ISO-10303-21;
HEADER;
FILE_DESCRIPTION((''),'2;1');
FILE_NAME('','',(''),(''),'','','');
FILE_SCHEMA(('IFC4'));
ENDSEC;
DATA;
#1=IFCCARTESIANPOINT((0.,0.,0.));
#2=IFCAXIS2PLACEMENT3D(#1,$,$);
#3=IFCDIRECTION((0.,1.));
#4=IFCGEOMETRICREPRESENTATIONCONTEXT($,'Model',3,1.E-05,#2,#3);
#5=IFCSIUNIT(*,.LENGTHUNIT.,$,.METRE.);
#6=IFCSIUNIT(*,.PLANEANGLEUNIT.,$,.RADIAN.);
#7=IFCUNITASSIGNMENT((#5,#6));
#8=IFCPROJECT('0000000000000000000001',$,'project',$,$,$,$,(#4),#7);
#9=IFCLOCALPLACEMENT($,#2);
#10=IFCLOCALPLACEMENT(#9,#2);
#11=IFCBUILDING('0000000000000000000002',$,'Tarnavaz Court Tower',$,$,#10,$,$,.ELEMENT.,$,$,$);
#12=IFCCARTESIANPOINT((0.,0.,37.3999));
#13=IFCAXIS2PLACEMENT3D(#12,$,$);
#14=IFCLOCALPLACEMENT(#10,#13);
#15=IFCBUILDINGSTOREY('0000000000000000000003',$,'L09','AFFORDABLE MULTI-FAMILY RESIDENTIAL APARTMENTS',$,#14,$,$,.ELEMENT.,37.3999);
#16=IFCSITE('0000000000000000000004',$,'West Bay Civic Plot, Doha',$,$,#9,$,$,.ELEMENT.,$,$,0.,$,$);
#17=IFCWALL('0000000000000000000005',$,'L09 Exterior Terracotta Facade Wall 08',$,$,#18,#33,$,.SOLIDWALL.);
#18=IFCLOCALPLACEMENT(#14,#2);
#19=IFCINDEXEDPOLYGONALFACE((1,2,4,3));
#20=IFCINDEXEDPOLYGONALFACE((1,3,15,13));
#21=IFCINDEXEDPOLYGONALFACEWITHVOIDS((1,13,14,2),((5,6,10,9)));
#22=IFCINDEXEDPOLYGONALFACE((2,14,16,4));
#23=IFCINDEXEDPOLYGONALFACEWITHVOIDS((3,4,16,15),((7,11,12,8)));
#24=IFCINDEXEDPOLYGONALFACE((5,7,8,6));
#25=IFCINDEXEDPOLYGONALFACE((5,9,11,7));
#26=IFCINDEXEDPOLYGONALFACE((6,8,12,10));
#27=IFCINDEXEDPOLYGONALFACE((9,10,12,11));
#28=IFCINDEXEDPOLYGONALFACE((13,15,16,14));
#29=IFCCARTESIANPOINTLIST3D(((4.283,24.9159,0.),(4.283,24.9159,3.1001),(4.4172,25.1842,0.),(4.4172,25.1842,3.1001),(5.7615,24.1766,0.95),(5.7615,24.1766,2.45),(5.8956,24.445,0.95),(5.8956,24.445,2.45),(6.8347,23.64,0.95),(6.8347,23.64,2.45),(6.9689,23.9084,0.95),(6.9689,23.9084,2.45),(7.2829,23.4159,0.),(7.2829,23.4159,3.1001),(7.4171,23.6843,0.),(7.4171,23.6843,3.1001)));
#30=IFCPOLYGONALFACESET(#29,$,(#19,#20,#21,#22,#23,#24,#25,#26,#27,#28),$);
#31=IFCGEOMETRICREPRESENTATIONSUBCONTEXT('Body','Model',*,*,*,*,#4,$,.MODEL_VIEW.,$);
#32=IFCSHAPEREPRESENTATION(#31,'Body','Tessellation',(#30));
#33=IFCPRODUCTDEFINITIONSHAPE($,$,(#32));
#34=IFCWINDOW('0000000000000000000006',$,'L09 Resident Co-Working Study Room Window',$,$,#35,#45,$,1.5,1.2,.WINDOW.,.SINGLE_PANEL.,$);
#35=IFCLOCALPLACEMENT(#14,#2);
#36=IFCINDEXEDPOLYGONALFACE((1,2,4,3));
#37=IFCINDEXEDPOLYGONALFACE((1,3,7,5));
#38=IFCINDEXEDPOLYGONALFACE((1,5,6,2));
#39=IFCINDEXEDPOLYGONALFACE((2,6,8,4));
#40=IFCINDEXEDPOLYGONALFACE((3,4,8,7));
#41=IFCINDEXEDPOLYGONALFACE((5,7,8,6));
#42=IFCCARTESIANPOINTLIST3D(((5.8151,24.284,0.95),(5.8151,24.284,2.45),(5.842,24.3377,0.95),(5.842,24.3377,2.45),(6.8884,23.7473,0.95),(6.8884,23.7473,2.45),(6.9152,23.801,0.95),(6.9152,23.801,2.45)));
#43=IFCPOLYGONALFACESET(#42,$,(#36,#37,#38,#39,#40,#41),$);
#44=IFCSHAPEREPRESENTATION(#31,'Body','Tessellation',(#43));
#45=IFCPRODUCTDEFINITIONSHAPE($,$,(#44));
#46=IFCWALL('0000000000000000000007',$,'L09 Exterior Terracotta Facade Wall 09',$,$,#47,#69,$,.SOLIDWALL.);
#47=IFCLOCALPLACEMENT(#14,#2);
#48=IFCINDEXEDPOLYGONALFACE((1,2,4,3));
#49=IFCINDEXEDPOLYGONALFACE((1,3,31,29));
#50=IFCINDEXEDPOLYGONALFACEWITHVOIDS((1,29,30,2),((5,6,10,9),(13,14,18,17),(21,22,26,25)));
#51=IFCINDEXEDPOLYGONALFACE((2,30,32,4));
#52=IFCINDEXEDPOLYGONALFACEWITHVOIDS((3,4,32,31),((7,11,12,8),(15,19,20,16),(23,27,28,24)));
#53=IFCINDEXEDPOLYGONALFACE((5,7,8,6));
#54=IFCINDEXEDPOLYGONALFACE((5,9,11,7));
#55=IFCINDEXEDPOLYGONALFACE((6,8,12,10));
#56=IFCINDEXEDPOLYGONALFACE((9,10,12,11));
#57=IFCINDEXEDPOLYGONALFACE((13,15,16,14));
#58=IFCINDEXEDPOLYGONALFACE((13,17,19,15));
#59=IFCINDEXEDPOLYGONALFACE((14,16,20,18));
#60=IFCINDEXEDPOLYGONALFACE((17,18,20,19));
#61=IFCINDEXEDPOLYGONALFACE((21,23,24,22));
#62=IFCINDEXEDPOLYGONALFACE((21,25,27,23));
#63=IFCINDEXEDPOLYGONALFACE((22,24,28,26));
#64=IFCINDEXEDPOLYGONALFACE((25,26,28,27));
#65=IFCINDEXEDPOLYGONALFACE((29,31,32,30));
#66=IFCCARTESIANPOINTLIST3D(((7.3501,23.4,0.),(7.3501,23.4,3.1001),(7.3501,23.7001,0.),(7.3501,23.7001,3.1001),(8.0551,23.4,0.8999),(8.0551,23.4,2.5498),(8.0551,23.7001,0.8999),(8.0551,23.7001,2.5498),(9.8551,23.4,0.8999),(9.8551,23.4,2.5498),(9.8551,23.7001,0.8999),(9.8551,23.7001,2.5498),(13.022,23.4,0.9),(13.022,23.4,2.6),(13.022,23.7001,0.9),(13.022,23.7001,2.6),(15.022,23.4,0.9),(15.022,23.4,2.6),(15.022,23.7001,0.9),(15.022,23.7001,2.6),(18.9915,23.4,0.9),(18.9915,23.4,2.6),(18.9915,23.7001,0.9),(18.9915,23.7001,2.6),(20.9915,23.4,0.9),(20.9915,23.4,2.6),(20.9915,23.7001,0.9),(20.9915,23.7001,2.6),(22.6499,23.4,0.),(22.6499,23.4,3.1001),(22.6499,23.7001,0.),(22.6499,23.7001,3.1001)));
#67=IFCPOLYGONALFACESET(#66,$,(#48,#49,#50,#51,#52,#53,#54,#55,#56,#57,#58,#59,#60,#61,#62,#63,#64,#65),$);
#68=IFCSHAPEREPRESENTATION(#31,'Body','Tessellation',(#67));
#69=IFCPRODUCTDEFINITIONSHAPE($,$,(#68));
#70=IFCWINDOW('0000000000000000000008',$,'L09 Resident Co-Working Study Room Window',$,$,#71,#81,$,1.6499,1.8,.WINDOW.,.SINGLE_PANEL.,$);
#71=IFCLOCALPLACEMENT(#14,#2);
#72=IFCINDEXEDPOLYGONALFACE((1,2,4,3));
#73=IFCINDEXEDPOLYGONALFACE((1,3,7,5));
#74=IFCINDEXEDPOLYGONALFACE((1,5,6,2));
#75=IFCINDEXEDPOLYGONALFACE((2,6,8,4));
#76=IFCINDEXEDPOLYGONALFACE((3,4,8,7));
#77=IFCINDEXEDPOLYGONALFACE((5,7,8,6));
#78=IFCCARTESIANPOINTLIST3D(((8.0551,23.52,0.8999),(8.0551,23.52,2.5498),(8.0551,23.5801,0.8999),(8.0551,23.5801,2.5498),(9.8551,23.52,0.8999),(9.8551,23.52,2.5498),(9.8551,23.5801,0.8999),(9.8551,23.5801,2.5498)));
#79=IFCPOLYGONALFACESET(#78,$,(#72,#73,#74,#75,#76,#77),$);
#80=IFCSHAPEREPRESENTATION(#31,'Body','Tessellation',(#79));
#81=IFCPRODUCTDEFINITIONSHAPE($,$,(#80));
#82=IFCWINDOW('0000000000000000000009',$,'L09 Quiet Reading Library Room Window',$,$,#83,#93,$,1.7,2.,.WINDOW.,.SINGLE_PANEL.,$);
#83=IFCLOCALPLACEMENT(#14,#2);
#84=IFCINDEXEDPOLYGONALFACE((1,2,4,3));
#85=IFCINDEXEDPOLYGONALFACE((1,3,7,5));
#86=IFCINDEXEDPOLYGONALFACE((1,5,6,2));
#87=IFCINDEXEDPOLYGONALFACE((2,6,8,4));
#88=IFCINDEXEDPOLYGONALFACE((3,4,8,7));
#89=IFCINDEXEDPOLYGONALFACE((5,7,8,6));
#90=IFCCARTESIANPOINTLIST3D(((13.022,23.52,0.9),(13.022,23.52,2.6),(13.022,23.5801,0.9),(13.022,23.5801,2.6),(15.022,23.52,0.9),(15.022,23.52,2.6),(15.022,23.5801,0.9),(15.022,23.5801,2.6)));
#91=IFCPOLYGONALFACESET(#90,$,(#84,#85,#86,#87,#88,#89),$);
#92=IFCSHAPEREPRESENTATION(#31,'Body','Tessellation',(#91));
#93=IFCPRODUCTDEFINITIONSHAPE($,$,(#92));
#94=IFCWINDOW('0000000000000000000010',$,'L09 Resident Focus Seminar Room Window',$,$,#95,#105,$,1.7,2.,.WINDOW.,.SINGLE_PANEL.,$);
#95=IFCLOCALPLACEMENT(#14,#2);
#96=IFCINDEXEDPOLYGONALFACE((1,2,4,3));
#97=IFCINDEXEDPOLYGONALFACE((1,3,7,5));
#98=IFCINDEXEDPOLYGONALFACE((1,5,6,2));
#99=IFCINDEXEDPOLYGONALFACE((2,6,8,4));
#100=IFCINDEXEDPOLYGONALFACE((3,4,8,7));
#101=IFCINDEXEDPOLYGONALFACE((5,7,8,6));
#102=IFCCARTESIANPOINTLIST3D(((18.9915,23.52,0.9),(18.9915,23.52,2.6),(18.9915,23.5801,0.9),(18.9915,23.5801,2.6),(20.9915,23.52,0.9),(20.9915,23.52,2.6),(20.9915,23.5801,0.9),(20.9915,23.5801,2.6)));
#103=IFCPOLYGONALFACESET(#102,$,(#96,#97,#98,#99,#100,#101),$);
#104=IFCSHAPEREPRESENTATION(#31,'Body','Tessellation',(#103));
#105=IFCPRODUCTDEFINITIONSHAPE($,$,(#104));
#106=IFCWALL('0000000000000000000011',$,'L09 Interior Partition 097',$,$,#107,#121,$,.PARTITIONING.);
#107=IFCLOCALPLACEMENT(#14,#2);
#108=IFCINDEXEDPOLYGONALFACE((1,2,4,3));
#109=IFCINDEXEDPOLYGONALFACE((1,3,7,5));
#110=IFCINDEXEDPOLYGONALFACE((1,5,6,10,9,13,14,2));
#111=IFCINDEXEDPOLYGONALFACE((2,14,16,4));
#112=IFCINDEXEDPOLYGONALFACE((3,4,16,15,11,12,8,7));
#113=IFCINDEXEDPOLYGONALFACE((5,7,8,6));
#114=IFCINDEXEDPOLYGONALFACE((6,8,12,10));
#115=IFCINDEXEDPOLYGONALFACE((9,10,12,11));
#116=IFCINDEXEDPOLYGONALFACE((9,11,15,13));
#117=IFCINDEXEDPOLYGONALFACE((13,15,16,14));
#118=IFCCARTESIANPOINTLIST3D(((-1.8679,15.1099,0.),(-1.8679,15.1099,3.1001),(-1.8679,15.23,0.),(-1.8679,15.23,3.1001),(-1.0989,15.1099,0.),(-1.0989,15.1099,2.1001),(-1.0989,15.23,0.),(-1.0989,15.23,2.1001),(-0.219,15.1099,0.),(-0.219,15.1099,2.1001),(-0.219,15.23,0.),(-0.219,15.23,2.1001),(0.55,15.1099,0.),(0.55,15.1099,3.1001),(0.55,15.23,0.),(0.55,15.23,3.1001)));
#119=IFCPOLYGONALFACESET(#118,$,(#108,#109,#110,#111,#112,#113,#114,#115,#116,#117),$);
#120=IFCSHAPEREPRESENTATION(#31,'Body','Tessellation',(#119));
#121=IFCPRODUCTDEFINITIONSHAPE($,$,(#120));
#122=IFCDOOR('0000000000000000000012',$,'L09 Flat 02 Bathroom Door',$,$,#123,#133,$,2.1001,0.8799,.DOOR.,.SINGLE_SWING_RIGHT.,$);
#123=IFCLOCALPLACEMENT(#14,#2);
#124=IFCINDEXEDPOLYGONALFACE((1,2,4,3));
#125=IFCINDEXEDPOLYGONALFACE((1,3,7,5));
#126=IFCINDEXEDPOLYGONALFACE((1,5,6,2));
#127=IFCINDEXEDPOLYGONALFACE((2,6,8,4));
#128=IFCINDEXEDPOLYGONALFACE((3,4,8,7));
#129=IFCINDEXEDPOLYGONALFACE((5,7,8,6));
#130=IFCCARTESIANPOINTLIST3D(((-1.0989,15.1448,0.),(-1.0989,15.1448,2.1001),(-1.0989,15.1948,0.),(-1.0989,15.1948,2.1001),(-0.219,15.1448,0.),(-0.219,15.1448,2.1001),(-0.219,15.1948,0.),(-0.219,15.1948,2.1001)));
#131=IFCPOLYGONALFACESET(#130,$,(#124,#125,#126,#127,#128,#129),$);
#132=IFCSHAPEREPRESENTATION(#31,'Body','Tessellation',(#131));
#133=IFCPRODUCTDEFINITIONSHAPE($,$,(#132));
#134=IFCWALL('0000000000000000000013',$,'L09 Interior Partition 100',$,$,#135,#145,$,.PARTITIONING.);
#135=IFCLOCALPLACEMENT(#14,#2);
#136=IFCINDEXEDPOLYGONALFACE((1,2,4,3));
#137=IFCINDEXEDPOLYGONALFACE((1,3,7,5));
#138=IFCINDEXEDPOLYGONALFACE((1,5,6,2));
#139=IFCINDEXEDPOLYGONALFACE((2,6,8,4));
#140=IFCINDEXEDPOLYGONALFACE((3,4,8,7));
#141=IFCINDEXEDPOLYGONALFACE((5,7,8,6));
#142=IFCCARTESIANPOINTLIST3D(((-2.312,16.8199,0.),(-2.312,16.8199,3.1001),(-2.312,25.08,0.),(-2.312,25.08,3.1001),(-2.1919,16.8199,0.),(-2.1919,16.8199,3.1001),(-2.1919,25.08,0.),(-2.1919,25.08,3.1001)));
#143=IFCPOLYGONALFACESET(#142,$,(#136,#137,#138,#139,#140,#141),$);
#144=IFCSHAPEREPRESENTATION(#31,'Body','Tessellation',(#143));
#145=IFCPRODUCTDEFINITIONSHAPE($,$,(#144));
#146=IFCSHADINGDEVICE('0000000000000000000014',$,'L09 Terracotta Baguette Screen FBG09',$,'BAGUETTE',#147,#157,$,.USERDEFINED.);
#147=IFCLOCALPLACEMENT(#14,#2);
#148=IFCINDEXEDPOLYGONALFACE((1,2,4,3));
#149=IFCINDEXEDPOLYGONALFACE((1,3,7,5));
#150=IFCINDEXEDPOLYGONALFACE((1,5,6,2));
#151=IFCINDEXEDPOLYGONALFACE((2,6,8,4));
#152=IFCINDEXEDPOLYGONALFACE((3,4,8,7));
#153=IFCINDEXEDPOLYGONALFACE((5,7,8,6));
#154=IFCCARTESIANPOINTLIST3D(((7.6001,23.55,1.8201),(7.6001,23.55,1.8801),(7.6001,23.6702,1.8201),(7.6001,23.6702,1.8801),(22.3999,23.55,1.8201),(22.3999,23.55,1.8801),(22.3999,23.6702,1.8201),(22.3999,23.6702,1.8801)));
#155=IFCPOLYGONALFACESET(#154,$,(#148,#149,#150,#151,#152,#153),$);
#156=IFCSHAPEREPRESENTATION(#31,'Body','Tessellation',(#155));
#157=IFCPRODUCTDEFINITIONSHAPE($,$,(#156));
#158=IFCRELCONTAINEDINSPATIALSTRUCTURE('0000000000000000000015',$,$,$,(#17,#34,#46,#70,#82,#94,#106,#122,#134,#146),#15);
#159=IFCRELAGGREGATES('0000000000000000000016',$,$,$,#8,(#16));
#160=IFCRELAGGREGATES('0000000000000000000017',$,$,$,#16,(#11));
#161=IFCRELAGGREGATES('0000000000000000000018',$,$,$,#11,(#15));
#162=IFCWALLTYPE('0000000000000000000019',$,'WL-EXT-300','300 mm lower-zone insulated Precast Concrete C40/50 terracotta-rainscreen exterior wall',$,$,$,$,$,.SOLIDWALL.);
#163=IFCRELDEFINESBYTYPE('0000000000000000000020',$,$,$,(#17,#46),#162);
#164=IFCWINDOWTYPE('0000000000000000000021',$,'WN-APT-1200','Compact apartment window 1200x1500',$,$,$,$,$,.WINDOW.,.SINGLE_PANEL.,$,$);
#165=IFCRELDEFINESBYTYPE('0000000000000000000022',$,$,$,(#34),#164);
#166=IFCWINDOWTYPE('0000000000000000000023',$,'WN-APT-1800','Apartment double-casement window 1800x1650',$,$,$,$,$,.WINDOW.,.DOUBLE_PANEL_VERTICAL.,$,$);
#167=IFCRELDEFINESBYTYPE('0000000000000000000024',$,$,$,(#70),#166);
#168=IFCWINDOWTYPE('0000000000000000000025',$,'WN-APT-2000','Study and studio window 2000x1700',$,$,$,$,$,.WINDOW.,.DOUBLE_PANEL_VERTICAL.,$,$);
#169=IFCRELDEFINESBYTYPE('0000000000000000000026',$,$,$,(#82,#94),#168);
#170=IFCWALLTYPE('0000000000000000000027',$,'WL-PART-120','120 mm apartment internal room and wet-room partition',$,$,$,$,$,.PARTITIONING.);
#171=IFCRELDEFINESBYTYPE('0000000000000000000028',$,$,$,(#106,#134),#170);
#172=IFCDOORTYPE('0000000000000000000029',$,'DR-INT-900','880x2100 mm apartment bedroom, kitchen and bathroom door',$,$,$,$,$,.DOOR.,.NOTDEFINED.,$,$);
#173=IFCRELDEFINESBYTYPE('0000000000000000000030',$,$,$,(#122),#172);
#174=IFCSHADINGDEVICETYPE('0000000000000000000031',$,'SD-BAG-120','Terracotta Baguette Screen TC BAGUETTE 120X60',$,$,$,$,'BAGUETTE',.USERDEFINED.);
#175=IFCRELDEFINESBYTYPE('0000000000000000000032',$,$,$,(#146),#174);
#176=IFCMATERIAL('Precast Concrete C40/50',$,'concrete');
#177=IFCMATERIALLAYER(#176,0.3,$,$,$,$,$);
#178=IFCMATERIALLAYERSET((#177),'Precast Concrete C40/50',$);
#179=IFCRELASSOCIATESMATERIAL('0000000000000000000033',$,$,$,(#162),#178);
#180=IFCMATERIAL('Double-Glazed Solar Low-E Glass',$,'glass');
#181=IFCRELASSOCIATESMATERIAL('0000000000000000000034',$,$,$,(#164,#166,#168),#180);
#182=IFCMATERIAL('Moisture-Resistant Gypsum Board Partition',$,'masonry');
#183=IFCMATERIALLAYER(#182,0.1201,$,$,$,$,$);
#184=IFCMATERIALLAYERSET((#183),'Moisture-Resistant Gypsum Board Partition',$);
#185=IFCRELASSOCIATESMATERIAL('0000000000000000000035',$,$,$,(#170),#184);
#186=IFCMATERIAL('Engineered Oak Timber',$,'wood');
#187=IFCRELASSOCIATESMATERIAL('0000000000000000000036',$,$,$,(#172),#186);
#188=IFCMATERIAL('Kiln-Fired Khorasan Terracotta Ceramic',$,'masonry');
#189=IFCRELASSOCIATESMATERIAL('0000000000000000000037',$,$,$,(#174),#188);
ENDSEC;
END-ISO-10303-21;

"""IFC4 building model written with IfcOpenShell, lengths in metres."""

from ifc_helpers import new_model, si_unit, direction, frame, frame_2d, origin, origin_2d, place, context, subcontext, project, spatial, rectangle, extrude, material, layer, layer_set, material_profile, profile_set, type_object, element, fill, save


model = new_model("IFC4")

# Units and contexts
model_context = context("Model", 3, precision=1e-05, world=origin(), true_north=direction((0.0, 1.0)))
body_context = subcontext(model_context, "Body", "Model", "MODEL_VIEW")
ifc_project = project(units=[si_unit("LENGTHUNIT", "METRE"), si_unit("PLANEANGLEUNIT", "RADIAN")], contexts=[model_context])

# Site, building, storey
site_placement = place(None, origin())
site = spatial("IfcSite", under=ifc_project, at=site_placement, Name="West Bay Civic Plot, Doha", CompositionType="ELEMENT", RefElevation=0.0)
building_placement = place(site_placement, origin())
building = spatial("IfcBuilding", under=site, at=building_placement, Name="Tarnavaz Court Tower", CompositionType="ELEMENT")
storey_placement = place(building_placement, frame((0.0, 0.0, 37.3999)))
storey = spatial("IfcBuildingStorey", under=building, at=storey_placement, Name="L09", Description="AFFORDABLE MULTI-FAMILY RESIDENTIAL APARTMENTS", CompositionType="ELEMENT", Elevation=37.3999)

# Shared definitions
ifc_material_1 = material(Name="Double-Glazed Solar Low-E Glass", Category="glass")

# Wall, opening, window
ifc_material_2 = material(Name="Precast Concrete C40/50", Category="concrete")
ifc_layer_1 = layer(ifc_material_2, 0.3)
ifc_layer_set_1 = layer_set([ifc_layer_1], Name="Precast Concrete C40/50")
wall_type_1 = type_object("IfcWallType", Name="WL-EXT-300", Description="300 mm lower-zone insulated Precast Concrete C40/50 terracotta-rainscreen exterior wall", PredefinedType="SOLIDWALL", material=ifc_layer_set_1)
wall_1_placement = place(storey_placement, frame((4.3501, 25.05, 0.0), z_axis=(0.0, 0.0, 1.0), x_axis=(0.894427, -0.447214, 0.0)))
wall_1 = element("IfcWall", 1, at=wall_1_placement, inside=storey, type_object=wall_type_1, Name="L09 Exterior Terracotta Facade Wall 08", PredefinedType="SOLIDWALL", context=body_context, shape_type="SweptSolid", body=[
    extrude(rectangle(XDim=3.354, YDim=0.3, at=frame_2d((1.677, 0.0))), origin(), (0.0, 0.0, 1.0), 3.1001),
])
opening_1_placement = place(wall_1_placement, frame((1.6528, 0.0, 0.95)))
opening_1 = element("IfcOpeningElement", 2, at=opening_1_placement, cuts=wall_1, PredefinedType="OPENING", context=body_context, shape_type="SweptSolid", body=[
    extrude(rectangle(XDim=1.2, YDim=1.5, at=frame_2d((0.6001, 0.75))), frame((0.0, 0.1599, 0.0), z_axis=(0.0, -1.0, 0.0), x_axis=(1.0, 0.0, 0.0)), (0.0, 0.0, 1.0), 0.3201),
])
window_type_1 = type_object("IfcWindowType", Name="WN-APT-1200", Description="Compact apartment window 1200x1500", PartitioningType="SINGLE_PANEL", PredefinedType="WINDOW", material=ifc_material_1)
window_1_placement = place(opening_1_placement, origin())
window_1 = element("IfcWindow", 3, at=window_1_placement, inside=storey, type_object=window_type_1, Name="L09 Resident Co-Working Study Room Window", OverallHeight=1.5, OverallWidth=1.2, PartitioningType="SINGLE_PANEL", PredefinedType="WINDOW", context=body_context, shape_type="SweptSolid", body=[
    extrude(rectangle(XDim=1.2, YDim=1.5, at=frame_2d((0.6001, 0.75))), frame((0.0, 0.03, 0.0), z_axis=(0.0, -1.0, 0.0), x_axis=(1.0, 0.0, 0.0)), (0.0, 0.0, 1.0), 0.0601),
])
fill(opening_1, window_1)

# Wall, openings, windows
wall_2_placement = place(storey_placement, frame((7.3501, 23.55, 0.0), z_axis=(0.0, 0.0, 1.0), x_axis=(1.0, 0.0, 0.0)))
wall_2 = element("IfcWall", 4, at=wall_2_placement, inside=storey, type_object=wall_type_1, Name="L09 Exterior Terracotta Facade Wall 09", PredefinedType="SOLIDWALL", context=body_context, shape_type="SweptSolid", body=[
    extrude(rectangle(XDim=15.2998, YDim=0.3, at=frame_2d((7.6499, 0.0))), origin(), (0.0, 0.0, 1.0), 3.1001),
])
opening_2_placement = place(wall_2_placement, frame((0.7051, 0.0, 0.8999)))
opening_2 = element("IfcOpeningElement", 5, at=opening_2_placement, cuts=wall_2, PredefinedType="OPENING", context=body_context, shape_type="SweptSolid", body=[
    extrude(rectangle(XDim=1.8, YDim=1.6499, at=frame_2d((0.8999, 0.825))), frame((0.0, 0.1599, 0.0), z_axis=(0.0, -1.0, 0.0), x_axis=(1.0, 0.0, 0.0)), (0.0, 0.0, 1.0), 0.3201),
])
opening_3_placement = place(wall_2_placement, frame((5.6719, 0.0, 0.8999)))
opening_3 = element("IfcOpeningElement", 6, at=opening_3_placement, cuts=wall_2, PredefinedType="OPENING", context=body_context, shape_type="SweptSolid", body=[
    extrude(rectangle(XDim=2.0, YDim=1.7, at=frame_2d((1.0, 0.8501))), frame((0.0, 0.1599, 0.0), z_axis=(0.0, -1.0, 0.0), x_axis=(1.0, 0.0, 0.0)), (0.0, 0.0, 1.0), 0.3201),
])
opening_4_placement = place(wall_2_placement, frame((11.6414, 0.0, 0.8999)))
opening_4 = element("IfcOpeningElement", 7, at=opening_4_placement, cuts=wall_2, PredefinedType="OPENING", context=body_context, shape_type="SweptSolid", body=[
    extrude(rectangle(XDim=2.0, YDim=1.7, at=frame_2d((1.0, 0.8501))), frame((0.0, 0.1599, 0.0), z_axis=(0.0, -1.0, 0.0), x_axis=(1.0, 0.0, 0.0)), (0.0, 0.0, 1.0), 0.3201),
])
window_type_2 = type_object("IfcWindowType", Name="WN-APT-1800", Description="Apartment double-casement window 1800x1650", PartitioningType="DOUBLE_PANEL_VERTICAL", PredefinedType="WINDOW", material=ifc_material_1)
window_2_placement = place(opening_2_placement, origin())
window_2 = element("IfcWindow", 8, at=window_2_placement, inside=storey, type_object=window_type_2, Name="L09 Resident Co-Working Study Room Window", OverallHeight=1.6499, OverallWidth=1.8, PartitioningType="SINGLE_PANEL", PredefinedType="WINDOW", context=body_context, shape_type="SweptSolid", body=[
    extrude(rectangle(XDim=1.8, YDim=1.6499, at=frame_2d((0.8999, 0.825))), frame((0.0, 0.03, 0.0), z_axis=(0.0, -1.0, 0.0), x_axis=(1.0, 0.0, 0.0)), (0.0, 0.0, 1.0), 0.0601),
])
fill(opening_2, window_2)
window_type_3 = type_object("IfcWindowType", Name="WN-APT-2000", Description="Study and studio window 2000x1700", PartitioningType="DOUBLE_PANEL_VERTICAL", PredefinedType="WINDOW", material=ifc_material_1)
window_3_placement = place(opening_3_placement, origin())
window_3 = element("IfcWindow", 9, at=window_3_placement, inside=storey, type_object=window_type_3, Name="L09 Quiet Reading Library Room Window", OverallHeight=1.7, OverallWidth=2.0, PartitioningType="SINGLE_PANEL", PredefinedType="WINDOW", context=body_context, shape_type="SweptSolid", body=[
    extrude(rectangle(XDim=2.0, YDim=1.7, at=frame_2d((1.0, 0.8501))), frame((0.0, 0.03, 0.0), z_axis=(0.0, -1.0, 0.0), x_axis=(1.0, 0.0, 0.0)), (0.0, 0.0, 1.0), 0.0601),
])
fill(opening_3, window_3)
window_4_placement = place(opening_4_placement, origin())
window_4 = element("IfcWindow", 10, at=window_4_placement, inside=storey, type_object=window_type_3, Name="L09 Resident Focus Seminar Room Window", OverallHeight=1.7, OverallWidth=2.0, PartitioningType="SINGLE_PANEL", PredefinedType="WINDOW", context=body_context, shape_type="SweptSolid", body=[
    extrude(rectangle(XDim=2.0, YDim=1.7, at=frame_2d((1.0, 0.8501))), frame((0.0, 0.03, 0.0), z_axis=(0.0, -1.0, 0.0), x_axis=(1.0, 0.0, 0.0)), (0.0, 0.0, 1.0), 0.0601),
])
fill(opening_4, window_4)

# Wall, opening, door
ifc_material_3 = material(Name="Moisture-Resistant Gypsum Board Partition", Category="masonry")
ifc_layer_2 = layer(ifc_material_3, 0.1201)
ifc_layer_set_2 = layer_set([ifc_layer_2], Name="Moisture-Resistant Gypsum Board Partition")
wall_type_2 = type_object("IfcWallType", Name="WL-PART-120", Description="120 mm apartment internal room and wet-room partition", PredefinedType="PARTITIONING", material=ifc_layer_set_2)
wall_3_placement = place(storey_placement, frame((-1.8679, 15.1699, 0.0), z_axis=(0.0, 0.0, 1.0), x_axis=(1.0, 0.0, 0.0)))
wall_3 = element("IfcWall", 11, at=wall_3_placement, inside=storey, type_object=wall_type_2, Name="L09 Interior Partition 097", PredefinedType="PARTITIONING", context=body_context, shape_type="SweptSolid", body=[
    extrude(rectangle(XDim=2.418, YDim=0.1201, at=frame_2d((1.209, 0.0))), origin(), (0.0, 0.0, 1.0), 3.1001),
])
opening_5_placement = place(wall_3_placement, frame((0.769, 0.0, 0.0)))
opening_5 = element("IfcOpeningElement", 12, at=opening_5_placement, cuts=wall_3, PredefinedType="OPENING", context=body_context, shape_type="SweptSolid", body=[
    extrude(rectangle(XDim=0.8799, YDim=2.1001, at=frame_2d((0.4399, 1.05))), frame((0.0, 0.0701, 0.0), z_axis=(0.0, -1.0, 0.0), x_axis=(1.0, 0.0, 0.0)), (0.0, 0.0, 1.0), 0.1401),
])
ifc_material_4 = material(Name="Engineered Oak Timber", Category="wood")
door_type = type_object("IfcDoorType", Name="DR-INT-900", Description="880x2100 mm apartment bedroom, kitchen and bathroom door", OperationType="NOTDEFINED", PredefinedType="DOOR", material=ifc_material_4)
door_placement = place(opening_5_placement, origin())
door = element("IfcDoor", 13, at=door_placement, inside=storey, type_object=door_type, Name="L09 Flat 02 Bathroom Door", OperationType="SINGLE_SWING_RIGHT", OverallHeight=2.1001, OverallWidth=0.8799, PredefinedType="DOOR", context=body_context, shape_type="SweptSolid", body=[
    extrude(rectangle(XDim=0.8799, YDim=2.1001, at=frame_2d((0.4399, 1.05))), frame((0.0, 0.0249, 0.0), z_axis=(0.0, -1.0, 0.0), x_axis=(1.0, 0.0, 0.0)), (0.0, 0.0, 1.0), 0.05),
])
fill(opening_5, door)

# Wall
wall_4_placement = place(storey_placement, frame((-2.252, 16.8201, 0.0), z_axis=(0.0, 0.0, 1.0), x_axis=(0.0, 1.0, 0.0)))
element("IfcWall", 14, at=wall_4_placement, inside=storey, type_object=wall_type_2, Name="L09 Interior Partition 100", PredefinedType="PARTITIONING", context=body_context, shape_type="SweptSolid", body=[
    extrude(rectangle(XDim=8.26, YDim=0.1201, at=frame_2d((4.1299, 0.0))), origin(), (0.0, 0.0, 1.0), 3.1001),
])

# Shading device
ifc_material_5 = material(Name="Kiln-Fired Khorasan Terracotta Ceramic", Category="masonry")
ifc_material_profile_1 = material_profile(ifc_material_5, rectangle(XDim=0.1201, YDim=0.0601, at=origin_2d()), Name="TC BAGUETTE 120X60")
ifc_profile_set_1 = profile_set([ifc_material_profile_1], Name="Kiln-Fired Khorasan Terracotta Ceramic")
shading_device_type = type_object("IfcShadingDeviceType", Name="SD-BAG-120", Description="Terracotta Baguette Screen TC BAGUETTE 120X60", ElementType="BAGUETTE", PredefinedType="USERDEFINED", material=ifc_profile_set_1)
shading_device_placement = place(storey_placement, frame((7.6001, 23.6101, 1.8501), z_axis=(1.0, 0.0, 0.0), x_axis=(0.0, 1.0, 0.0)))
element("IfcShadingDevice", 15, at=shading_device_placement, inside=storey, type_object=shading_device_type, Name="L09 Terracotta Baguette Screen FBG09", ObjectType="BAGUETTE", PredefinedType="USERDEFINED", context=body_context, shape_type="SweptSolid", body=[
    extrude(rectangle(XDim=0.1201, YDim=0.0601, at=origin_2d()), origin(), (0.0, 0.0, 1.0), 14.7998),
])

save(model, "model.ifc")
